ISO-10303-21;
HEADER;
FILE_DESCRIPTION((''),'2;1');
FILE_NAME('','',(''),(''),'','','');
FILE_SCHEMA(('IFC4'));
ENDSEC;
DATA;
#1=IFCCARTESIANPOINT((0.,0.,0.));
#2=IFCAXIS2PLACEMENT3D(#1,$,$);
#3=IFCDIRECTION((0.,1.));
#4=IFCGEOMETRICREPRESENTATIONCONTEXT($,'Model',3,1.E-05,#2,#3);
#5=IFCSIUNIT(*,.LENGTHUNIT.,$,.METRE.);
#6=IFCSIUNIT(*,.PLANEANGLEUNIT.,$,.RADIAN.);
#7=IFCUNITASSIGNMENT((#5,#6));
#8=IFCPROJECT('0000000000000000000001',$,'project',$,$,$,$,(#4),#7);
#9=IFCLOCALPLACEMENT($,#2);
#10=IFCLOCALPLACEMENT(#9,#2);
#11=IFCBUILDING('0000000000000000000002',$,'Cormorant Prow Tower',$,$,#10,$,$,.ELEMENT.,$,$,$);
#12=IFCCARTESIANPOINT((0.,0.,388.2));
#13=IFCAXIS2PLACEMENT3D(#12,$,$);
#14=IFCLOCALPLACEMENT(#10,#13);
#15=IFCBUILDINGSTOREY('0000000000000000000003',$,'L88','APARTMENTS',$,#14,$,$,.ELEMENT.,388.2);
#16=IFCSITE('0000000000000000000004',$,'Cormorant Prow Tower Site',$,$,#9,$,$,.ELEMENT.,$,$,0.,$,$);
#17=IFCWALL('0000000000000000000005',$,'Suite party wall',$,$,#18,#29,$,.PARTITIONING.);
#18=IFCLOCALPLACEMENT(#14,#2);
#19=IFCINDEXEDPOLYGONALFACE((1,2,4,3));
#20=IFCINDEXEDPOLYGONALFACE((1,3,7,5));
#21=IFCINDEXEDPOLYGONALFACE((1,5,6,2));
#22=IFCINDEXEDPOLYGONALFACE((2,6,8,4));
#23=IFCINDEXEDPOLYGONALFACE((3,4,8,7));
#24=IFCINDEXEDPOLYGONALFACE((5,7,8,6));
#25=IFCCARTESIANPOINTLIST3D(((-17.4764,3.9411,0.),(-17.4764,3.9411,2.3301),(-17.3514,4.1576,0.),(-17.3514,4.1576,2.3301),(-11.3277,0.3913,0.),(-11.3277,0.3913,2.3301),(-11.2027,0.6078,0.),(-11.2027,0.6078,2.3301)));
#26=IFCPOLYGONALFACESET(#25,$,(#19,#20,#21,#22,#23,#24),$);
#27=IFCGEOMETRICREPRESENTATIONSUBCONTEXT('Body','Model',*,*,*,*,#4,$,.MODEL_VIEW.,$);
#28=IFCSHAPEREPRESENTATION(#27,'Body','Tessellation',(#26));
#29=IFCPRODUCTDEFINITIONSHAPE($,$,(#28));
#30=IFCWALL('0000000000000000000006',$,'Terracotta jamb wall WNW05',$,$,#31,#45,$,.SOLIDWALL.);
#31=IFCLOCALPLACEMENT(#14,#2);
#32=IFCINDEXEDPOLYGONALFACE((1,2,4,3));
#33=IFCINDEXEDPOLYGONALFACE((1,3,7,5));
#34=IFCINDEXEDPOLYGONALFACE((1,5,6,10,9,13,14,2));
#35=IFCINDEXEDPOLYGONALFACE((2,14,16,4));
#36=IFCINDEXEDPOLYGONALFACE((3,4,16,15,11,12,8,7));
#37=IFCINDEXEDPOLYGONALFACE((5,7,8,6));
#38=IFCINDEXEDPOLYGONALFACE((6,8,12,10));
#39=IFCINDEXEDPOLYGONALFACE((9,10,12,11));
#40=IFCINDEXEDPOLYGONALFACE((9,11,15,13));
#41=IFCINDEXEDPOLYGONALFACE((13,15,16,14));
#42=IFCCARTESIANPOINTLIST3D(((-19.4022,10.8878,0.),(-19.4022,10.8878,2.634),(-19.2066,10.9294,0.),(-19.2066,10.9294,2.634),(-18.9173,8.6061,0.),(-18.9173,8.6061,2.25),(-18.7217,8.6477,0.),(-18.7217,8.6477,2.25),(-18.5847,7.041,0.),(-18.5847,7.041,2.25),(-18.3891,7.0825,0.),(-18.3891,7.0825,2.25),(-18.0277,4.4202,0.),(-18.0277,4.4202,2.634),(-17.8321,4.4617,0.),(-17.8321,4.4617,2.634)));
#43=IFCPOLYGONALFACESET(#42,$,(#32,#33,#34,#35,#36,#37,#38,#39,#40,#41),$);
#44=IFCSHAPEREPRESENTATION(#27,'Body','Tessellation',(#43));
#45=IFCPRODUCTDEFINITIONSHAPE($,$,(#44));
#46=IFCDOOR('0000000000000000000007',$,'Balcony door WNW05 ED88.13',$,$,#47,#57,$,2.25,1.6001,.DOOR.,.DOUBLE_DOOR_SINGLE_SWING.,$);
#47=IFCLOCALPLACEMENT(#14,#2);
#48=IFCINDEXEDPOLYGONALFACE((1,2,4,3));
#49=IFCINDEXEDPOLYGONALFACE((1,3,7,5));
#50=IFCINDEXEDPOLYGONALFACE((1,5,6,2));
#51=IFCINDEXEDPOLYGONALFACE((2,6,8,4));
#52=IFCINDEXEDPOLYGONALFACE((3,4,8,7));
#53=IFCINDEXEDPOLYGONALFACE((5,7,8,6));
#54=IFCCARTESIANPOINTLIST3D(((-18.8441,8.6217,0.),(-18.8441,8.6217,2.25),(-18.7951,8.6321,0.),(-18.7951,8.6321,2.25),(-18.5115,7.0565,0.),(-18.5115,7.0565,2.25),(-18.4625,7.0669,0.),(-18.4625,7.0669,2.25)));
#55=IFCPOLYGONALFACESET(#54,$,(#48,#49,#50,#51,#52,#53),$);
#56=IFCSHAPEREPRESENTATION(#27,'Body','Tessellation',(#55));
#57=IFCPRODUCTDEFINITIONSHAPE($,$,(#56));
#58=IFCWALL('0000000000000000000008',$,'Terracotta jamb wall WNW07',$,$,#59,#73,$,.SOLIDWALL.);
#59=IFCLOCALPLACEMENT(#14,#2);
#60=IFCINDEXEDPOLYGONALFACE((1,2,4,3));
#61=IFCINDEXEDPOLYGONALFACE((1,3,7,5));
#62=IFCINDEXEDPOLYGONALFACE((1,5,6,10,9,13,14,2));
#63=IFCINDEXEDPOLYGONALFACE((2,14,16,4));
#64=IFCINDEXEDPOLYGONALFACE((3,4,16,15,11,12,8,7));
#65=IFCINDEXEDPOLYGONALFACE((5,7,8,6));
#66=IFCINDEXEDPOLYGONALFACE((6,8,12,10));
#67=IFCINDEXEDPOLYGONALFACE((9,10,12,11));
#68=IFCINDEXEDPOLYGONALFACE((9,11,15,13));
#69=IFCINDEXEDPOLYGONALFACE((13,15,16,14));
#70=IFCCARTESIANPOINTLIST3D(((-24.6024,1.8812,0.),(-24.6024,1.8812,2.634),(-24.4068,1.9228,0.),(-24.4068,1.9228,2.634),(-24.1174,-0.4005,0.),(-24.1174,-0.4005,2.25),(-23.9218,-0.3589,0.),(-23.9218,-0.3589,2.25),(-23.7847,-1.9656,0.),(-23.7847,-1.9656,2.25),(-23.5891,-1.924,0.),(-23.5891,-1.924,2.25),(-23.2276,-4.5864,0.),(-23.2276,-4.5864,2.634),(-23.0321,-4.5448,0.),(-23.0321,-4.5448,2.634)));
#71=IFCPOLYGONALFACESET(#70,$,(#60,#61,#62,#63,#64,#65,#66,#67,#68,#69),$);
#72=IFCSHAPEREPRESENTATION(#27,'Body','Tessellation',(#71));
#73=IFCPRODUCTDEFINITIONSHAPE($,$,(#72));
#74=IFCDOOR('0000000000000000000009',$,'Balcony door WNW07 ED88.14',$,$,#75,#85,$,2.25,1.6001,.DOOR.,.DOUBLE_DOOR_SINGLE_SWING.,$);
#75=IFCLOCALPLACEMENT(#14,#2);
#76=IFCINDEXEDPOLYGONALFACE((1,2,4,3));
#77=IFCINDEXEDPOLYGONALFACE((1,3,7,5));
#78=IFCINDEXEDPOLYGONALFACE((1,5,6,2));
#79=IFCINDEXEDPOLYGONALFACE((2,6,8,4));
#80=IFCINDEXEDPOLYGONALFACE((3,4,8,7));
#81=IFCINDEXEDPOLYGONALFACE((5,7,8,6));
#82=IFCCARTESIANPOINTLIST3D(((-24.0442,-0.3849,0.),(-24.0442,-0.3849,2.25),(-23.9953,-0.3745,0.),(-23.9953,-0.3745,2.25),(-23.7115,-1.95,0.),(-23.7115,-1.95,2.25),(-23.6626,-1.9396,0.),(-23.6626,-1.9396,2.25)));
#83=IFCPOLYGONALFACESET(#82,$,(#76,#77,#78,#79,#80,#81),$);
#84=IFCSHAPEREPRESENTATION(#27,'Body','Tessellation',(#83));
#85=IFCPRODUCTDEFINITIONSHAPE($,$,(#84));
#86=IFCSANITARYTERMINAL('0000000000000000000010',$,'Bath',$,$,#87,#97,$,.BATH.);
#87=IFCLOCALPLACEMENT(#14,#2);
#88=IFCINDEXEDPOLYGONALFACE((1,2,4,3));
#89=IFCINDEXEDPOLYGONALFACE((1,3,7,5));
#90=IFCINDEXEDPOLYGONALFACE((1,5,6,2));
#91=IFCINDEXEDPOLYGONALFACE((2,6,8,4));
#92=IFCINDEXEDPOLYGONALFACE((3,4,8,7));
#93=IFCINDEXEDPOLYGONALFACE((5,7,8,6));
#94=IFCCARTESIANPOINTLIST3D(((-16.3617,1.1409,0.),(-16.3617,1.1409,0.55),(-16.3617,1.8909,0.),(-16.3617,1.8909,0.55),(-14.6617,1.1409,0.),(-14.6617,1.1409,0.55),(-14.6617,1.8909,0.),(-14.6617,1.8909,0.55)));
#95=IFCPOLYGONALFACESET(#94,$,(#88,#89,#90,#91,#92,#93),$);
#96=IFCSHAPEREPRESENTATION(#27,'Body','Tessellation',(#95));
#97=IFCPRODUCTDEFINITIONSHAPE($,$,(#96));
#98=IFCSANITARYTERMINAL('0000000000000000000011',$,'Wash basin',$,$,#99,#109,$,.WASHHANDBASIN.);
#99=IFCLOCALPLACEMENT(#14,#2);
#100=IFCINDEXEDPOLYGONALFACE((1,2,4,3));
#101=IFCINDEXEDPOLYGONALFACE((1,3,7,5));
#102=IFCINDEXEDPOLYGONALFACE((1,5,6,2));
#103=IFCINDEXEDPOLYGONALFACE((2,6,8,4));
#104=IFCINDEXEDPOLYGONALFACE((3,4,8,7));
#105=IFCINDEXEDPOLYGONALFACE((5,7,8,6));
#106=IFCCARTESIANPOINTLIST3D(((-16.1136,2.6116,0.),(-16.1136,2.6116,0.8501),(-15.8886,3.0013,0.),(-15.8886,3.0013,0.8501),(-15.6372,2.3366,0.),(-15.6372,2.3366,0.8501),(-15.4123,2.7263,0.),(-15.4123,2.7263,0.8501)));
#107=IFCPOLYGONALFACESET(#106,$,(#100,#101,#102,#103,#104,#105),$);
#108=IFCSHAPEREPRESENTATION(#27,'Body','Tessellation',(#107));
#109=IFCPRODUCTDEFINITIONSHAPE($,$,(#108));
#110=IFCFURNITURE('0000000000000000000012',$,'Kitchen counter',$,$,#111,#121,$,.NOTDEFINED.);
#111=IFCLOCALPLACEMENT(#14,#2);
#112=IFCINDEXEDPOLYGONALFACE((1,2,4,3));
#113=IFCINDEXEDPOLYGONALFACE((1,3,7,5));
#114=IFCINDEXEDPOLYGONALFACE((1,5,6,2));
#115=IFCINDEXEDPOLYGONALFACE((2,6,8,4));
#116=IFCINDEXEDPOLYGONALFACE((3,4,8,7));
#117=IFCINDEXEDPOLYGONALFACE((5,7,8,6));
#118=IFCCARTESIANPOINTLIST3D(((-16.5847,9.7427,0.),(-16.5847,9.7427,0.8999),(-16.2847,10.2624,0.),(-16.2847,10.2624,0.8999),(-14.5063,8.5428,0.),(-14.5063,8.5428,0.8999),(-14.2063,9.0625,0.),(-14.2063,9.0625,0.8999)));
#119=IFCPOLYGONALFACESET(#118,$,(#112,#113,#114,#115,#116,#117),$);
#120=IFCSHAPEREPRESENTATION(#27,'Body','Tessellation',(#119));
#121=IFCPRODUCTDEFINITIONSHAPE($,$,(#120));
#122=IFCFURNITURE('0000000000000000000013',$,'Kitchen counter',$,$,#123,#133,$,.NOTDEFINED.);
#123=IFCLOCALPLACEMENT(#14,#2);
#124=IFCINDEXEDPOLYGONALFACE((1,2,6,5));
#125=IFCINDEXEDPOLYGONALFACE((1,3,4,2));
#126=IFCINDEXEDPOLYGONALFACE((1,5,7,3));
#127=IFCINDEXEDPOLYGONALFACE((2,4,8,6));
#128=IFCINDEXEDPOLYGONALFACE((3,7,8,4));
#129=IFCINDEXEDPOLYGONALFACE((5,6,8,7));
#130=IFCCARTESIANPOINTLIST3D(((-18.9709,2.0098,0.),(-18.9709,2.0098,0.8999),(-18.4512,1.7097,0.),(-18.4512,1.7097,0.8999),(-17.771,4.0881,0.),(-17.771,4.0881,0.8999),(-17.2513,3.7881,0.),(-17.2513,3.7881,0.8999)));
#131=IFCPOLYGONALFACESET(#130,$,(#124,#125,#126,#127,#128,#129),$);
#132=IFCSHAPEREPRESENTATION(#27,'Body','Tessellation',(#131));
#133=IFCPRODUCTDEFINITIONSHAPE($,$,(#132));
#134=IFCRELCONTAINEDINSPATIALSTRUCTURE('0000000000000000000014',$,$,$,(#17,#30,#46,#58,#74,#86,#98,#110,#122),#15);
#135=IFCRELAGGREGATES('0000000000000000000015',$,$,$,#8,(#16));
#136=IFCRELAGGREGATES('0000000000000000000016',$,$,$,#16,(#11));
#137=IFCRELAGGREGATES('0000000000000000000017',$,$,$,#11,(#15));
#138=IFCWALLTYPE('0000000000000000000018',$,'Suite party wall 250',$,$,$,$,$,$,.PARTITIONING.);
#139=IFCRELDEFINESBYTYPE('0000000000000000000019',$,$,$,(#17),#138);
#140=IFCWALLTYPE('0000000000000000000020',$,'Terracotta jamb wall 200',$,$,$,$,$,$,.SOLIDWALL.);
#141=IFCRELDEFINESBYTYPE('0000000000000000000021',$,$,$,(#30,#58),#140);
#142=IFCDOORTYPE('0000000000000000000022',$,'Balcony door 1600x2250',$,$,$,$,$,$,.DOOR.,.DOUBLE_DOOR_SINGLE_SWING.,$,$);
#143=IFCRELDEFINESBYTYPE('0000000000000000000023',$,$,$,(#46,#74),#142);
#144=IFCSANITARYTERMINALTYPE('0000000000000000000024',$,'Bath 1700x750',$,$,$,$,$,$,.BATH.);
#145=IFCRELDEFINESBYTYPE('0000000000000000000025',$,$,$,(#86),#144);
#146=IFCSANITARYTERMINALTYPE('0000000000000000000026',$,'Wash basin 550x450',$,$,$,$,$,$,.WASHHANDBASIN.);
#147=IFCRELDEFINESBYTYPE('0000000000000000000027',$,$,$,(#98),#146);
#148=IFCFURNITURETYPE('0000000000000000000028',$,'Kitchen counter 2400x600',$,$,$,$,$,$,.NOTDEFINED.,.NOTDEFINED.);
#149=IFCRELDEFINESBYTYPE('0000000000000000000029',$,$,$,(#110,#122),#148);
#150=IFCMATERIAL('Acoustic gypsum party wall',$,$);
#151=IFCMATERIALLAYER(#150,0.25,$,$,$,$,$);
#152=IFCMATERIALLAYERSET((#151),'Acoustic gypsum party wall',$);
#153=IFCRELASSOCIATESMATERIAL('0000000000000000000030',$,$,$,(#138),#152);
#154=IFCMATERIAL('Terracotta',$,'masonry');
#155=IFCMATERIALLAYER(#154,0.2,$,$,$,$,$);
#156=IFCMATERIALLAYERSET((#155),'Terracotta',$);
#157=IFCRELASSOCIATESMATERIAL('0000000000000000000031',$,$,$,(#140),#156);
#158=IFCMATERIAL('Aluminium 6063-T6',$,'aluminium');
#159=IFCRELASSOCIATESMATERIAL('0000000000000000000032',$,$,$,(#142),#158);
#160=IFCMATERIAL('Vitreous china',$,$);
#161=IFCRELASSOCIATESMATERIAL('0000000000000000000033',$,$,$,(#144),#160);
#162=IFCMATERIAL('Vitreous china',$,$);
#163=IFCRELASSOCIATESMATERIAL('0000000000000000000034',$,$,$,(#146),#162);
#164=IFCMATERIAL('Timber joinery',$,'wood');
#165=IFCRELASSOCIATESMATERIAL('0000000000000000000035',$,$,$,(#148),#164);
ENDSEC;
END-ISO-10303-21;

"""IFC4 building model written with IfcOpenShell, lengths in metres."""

from ifc_helpers import new_model, si_unit, direction, frame, frame_2d, origin, origin_2d, place, context, subcontext, project, spatial, rectangle, extrude, material, layer, layer_set, type_object, element, fill, save


model = new_model("IFC4")

# Units and contexts
model_context = context("Model", 3, precision=1e-05, world=origin(), true_north=direction((0.0, 1.0)))
body_context = subcontext(model_context, "Body", "Model", "MODEL_VIEW")
ifc_project = project(units=[si_unit("LENGTHUNIT", "METRE"), si_unit("PLANEANGLEUNIT", "RADIAN")], contexts=[model_context])

# Site, building, storey
site_placement = place(None, origin())
site = spatial("IfcSite", under=ifc_project, at=site_placement, Name="Cormorant Prow Tower Site", CompositionType="ELEMENT", RefElevation=0.0)
building_placement = place(site_placement, origin())
building = spatial("IfcBuilding", under=site, at=building_placement, Name="Cormorant Prow Tower", CompositionType="ELEMENT")
storey_placement = place(building_placement, frame((0.0, 0.0, 388.2)))
storey = spatial("IfcBuildingStorey", under=building, at=storey_placement, Name="L88", Description="APARTMENTS", CompositionType="ELEMENT", Elevation=388.2)

# Wall
ifc_material_1 = material(Name="Acoustic gypsum party wall")
ifc_layer_1 = layer(ifc_material_1, 0.25)
ifc_layer_set_1 = layer_set([ifc_layer_1], Name="Acoustic gypsum party wall")
wall_type_1 = type_object("IfcWallType", Name="Suite party wall 250", PredefinedType="PARTITIONING", material=ifc_layer_set_1)
wall_1_placement = place(storey_placement, frame((-17.4138, 4.0493, 0.0), z_axis=(0.0, 0.0, 1.0), x_axis=(0.866034, -0.499985, 0.0)))
element("IfcWall", 1, at=wall_1_placement, inside=storey, type_object=wall_type_1, Name="Suite party wall", PredefinedType="PARTITIONING", context=body_context, shape_type="SweptSolid", body=[
    extrude(rectangle(XDim=7.0999, YDim=0.25, at=frame_2d((3.5498, 0.0))), origin(), (0.0, 0.0, 1.0), 2.3301),
])

# Walls, openings, doors
ifc_material_2 = material(Name="Terracotta", Category="masonry")
ifc_layer_2 = layer(ifc_material_2, 0.2)
ifc_layer_set_2 = layer_set([ifc_layer_2], Name="Terracotta")
wall_type_2 = type_object("IfcWallType", Name="Terracotta jamb wall 200", PredefinedType="SOLIDWALL", material=ifc_layer_set_2)
wall_2_placement = place(storey_placement, frame((-19.3044, 10.9087, 0.0), z_axis=(0.0, 0.0, 1.0), x_axis=(0.207882, -0.978154, 0.0)))
wall_2 = element("IfcWall", 2, at=wall_2_placement, inside=storey, type_object=wall_type_2, Name="Terracotta jamb wall WNW05", PredefinedType="SOLIDWALL", context=body_context, shape_type="SweptSolid", body=[
    extrude(rectangle(XDim=6.6121, YDim=0.2, at=frame_2d((3.3062, 0.0))), origin(), (0.0, 0.0, 1.0), 2.634),
])
opening_1_placement = place(wall_2_placement, frame((2.3328, 0.0, 0.0)))
opening_1 = element("IfcOpeningElement", 3, at=opening_1_placement, cuts=wall_2, PredefinedType="OPENING", context=body_context, shape_type="SweptSolid", body=[
    extrude(rectangle(XDim=1.6001, YDim=2.25, at=frame_2d((0.8, 1.125))), frame((0.0, 0.1099, 0.0), z_axis=(0.0, -1.0, 0.0), x_axis=(1.0, 0.0, 0.0)), (0.0, 0.0, 1.0), 0.22),
])
ifc_material_3 = material(Name="Aluminium 6063-T6", Category="aluminium")
door_type_1 = type_object("IfcDoorType", Name="Balcony door 1600x2250", OperationType="DOUBLE_DOOR_SINGLE_SWING", PredefinedType="DOOR", material=ifc_material_3)
door_1_placement = place(opening_1_placement, origin())
door_1 = element("IfcDoor", 4, at=door_1_placement, inside=storey, type_object=door_type_1, Name="Balcony door WNW05 ED88.13", OperationType="DOUBLE_DOOR_SINGLE_SWING", OverallHeight=2.25, OverallWidth=1.6001, PredefinedType="DOOR", context=body_context, shape_type="SweptSolid", body=[
    extrude(rectangle(XDim=1.6001, YDim=2.25, at=frame_2d((0.8, 1.125))), frame((0.0, 0.0249, 0.0), z_axis=(0.0, -1.0, 0.0), x_axis=(1.0, 0.0, 0.0)), (0.0, 0.0, 1.0), 0.05),
])
fill(opening_1, door_1)
wall_3_placement = place(storey_placement, frame((-24.5046, 1.9021, 0.0), z_axis=(0.0, 0.0, 1.0), x_axis=(0.207917, -0.978146, 0.0)))
wall_3 = element("IfcWall", 5, at=wall_3_placement, inside=storey, type_object=wall_type_2, Name="Terracotta jamb wall WNW07", PredefinedType="SOLIDWALL", context=body_context, shape_type="SweptSolid", body=[
    extrude(rectangle(XDim=6.6121, YDim=0.2, at=frame_2d((3.3062, 0.0))), origin(), (0.0, 0.0, 1.0), 2.634),
])
opening_2_placement = place(wall_3_placement, frame((2.3328, 0.0, 0.0)))
opening_2 = element("IfcOpeningElement", 6, at=opening_2_placement, cuts=wall_3, PredefinedType="OPENING", context=body_context, shape_type="SweptSolid", body=[
    extrude(rectangle(XDim=1.6001, YDim=2.25, at=frame_2d((0.8, 1.125))), frame((0.0, 0.1099, 0.0), z_axis=(0.0, -1.0, 0.0), x_axis=(1.0, 0.0, 0.0)), (0.0, 0.0, 1.0), 0.22),
])
door_2_placement = place(opening_2_placement, origin())
door_2 = element("IfcDoor", 7, at=door_2_placement, inside=storey, type_object=door_type_1, Name="Balcony door WNW07 ED88.14", OperationType="DOUBLE_DOOR_SINGLE_SWING", OverallHeight=2.25, OverallWidth=1.6001, PredefinedType="DOOR", context=body_context, shape_type="SweptSolid", body=[
    extrude(rectangle(XDim=1.6001, YDim=2.25, at=frame_2d((0.8, 1.125))), frame((0.0, 0.0249, 0.0), z_axis=(0.0, -1.0, 0.0), x_axis=(1.0, 0.0, 0.0)), (0.0, 0.0, 1.0), 0.05),
])
fill(opening_2, door_2)

# Sanitary terminals
ifc_material_4 = material(Name="Vitreous china")
sanitary_terminal_type_1 = type_object("IfcSanitaryTerminalType", Name="Bath 1700x750", PredefinedType="BATH", material=ifc_material_4)
sanitary_terminal_1_placement = place(storey_placement, frame((-15.5117, 1.5159, 0.0), z_axis=(0.0, 0.0, 1.0), x_axis=(1.0, 0.0, 0.0)))
element("IfcSanitaryTerminal", 8, at=sanitary_terminal_1_placement, inside=storey, type_object=sanitary_terminal_type_1, Name="Bath", PredefinedType="BATH", context=body_context, shape_type="SweptSolid", body=[
    extrude(rectangle(XDim=1.7, YDim=0.75, at=origin_2d()), origin(), (0.0, 0.0, 1.0), 0.55),
])
ifc_material_5 = material(Name="Vitreous china")
sanitary_terminal_type_2 = type_object("IfcSanitaryTerminalType", Name="Wash basin 550x450", PredefinedType="WASHHANDBASIN", material=ifc_material_5)
sanitary_terminal_2_placement = place(storey_placement, frame((-15.7629, 2.6689, 0.0), z_axis=(0.0, 0.0, 1.0), x_axis=(0.866025, -0.5, 0.0)))
element("IfcSanitaryTerminal", 9, at=sanitary_terminal_2_placement, inside=storey, type_object=sanitary_terminal_type_2, Name="Wash basin", PredefinedType="WASHHANDBASIN", context=body_context, shape_type="SweptSolid", body=[
    extrude(rectangle(XDim=0.55, YDim=0.45, at=origin_2d()), origin(), (0.0, 0.0, 1.0), 0.8501),
])

# Furniture
ifc_material_6 = material(Name="Timber joinery", Category="wood")
furniture_type = type_object("IfcFurnitureType", Name="Kitchen counter 2400x600", AssemblyPlace="NOTDEFINED", PredefinedType="NOTDEFINED", material=ifc_material_6)
for number, where, z_axis, x_axis, name in (
    (10, (-15.3955, 9.4026, 0.0), (0.0, 0.0, 1.0), (-0.866025, 0.5, 0.0), "Kitchen counter"),
    (11, (-18.1111, 2.8989, 0.0), (0.0, 0.0, 1.0), (-0.5, -0.866025, 0.0), "Kitchen counter"),
):
    element("IfcFurniture", number, at=place(storey_placement, frame(where, z_axis=z_axis, x_axis=x_axis)), inside=storey, type_object=furniture_type, Name=name, PredefinedType="NOTDEFINED", context=body_context, shape_type="SweptSolid", body=[
        extrude(rectangle(XDim=2.3999, YDim=0.6001, at=origin_2d()), origin(), (0.0, 0.0, 1.0), 0.8999),
    ])

save(model, "model.ifc")
